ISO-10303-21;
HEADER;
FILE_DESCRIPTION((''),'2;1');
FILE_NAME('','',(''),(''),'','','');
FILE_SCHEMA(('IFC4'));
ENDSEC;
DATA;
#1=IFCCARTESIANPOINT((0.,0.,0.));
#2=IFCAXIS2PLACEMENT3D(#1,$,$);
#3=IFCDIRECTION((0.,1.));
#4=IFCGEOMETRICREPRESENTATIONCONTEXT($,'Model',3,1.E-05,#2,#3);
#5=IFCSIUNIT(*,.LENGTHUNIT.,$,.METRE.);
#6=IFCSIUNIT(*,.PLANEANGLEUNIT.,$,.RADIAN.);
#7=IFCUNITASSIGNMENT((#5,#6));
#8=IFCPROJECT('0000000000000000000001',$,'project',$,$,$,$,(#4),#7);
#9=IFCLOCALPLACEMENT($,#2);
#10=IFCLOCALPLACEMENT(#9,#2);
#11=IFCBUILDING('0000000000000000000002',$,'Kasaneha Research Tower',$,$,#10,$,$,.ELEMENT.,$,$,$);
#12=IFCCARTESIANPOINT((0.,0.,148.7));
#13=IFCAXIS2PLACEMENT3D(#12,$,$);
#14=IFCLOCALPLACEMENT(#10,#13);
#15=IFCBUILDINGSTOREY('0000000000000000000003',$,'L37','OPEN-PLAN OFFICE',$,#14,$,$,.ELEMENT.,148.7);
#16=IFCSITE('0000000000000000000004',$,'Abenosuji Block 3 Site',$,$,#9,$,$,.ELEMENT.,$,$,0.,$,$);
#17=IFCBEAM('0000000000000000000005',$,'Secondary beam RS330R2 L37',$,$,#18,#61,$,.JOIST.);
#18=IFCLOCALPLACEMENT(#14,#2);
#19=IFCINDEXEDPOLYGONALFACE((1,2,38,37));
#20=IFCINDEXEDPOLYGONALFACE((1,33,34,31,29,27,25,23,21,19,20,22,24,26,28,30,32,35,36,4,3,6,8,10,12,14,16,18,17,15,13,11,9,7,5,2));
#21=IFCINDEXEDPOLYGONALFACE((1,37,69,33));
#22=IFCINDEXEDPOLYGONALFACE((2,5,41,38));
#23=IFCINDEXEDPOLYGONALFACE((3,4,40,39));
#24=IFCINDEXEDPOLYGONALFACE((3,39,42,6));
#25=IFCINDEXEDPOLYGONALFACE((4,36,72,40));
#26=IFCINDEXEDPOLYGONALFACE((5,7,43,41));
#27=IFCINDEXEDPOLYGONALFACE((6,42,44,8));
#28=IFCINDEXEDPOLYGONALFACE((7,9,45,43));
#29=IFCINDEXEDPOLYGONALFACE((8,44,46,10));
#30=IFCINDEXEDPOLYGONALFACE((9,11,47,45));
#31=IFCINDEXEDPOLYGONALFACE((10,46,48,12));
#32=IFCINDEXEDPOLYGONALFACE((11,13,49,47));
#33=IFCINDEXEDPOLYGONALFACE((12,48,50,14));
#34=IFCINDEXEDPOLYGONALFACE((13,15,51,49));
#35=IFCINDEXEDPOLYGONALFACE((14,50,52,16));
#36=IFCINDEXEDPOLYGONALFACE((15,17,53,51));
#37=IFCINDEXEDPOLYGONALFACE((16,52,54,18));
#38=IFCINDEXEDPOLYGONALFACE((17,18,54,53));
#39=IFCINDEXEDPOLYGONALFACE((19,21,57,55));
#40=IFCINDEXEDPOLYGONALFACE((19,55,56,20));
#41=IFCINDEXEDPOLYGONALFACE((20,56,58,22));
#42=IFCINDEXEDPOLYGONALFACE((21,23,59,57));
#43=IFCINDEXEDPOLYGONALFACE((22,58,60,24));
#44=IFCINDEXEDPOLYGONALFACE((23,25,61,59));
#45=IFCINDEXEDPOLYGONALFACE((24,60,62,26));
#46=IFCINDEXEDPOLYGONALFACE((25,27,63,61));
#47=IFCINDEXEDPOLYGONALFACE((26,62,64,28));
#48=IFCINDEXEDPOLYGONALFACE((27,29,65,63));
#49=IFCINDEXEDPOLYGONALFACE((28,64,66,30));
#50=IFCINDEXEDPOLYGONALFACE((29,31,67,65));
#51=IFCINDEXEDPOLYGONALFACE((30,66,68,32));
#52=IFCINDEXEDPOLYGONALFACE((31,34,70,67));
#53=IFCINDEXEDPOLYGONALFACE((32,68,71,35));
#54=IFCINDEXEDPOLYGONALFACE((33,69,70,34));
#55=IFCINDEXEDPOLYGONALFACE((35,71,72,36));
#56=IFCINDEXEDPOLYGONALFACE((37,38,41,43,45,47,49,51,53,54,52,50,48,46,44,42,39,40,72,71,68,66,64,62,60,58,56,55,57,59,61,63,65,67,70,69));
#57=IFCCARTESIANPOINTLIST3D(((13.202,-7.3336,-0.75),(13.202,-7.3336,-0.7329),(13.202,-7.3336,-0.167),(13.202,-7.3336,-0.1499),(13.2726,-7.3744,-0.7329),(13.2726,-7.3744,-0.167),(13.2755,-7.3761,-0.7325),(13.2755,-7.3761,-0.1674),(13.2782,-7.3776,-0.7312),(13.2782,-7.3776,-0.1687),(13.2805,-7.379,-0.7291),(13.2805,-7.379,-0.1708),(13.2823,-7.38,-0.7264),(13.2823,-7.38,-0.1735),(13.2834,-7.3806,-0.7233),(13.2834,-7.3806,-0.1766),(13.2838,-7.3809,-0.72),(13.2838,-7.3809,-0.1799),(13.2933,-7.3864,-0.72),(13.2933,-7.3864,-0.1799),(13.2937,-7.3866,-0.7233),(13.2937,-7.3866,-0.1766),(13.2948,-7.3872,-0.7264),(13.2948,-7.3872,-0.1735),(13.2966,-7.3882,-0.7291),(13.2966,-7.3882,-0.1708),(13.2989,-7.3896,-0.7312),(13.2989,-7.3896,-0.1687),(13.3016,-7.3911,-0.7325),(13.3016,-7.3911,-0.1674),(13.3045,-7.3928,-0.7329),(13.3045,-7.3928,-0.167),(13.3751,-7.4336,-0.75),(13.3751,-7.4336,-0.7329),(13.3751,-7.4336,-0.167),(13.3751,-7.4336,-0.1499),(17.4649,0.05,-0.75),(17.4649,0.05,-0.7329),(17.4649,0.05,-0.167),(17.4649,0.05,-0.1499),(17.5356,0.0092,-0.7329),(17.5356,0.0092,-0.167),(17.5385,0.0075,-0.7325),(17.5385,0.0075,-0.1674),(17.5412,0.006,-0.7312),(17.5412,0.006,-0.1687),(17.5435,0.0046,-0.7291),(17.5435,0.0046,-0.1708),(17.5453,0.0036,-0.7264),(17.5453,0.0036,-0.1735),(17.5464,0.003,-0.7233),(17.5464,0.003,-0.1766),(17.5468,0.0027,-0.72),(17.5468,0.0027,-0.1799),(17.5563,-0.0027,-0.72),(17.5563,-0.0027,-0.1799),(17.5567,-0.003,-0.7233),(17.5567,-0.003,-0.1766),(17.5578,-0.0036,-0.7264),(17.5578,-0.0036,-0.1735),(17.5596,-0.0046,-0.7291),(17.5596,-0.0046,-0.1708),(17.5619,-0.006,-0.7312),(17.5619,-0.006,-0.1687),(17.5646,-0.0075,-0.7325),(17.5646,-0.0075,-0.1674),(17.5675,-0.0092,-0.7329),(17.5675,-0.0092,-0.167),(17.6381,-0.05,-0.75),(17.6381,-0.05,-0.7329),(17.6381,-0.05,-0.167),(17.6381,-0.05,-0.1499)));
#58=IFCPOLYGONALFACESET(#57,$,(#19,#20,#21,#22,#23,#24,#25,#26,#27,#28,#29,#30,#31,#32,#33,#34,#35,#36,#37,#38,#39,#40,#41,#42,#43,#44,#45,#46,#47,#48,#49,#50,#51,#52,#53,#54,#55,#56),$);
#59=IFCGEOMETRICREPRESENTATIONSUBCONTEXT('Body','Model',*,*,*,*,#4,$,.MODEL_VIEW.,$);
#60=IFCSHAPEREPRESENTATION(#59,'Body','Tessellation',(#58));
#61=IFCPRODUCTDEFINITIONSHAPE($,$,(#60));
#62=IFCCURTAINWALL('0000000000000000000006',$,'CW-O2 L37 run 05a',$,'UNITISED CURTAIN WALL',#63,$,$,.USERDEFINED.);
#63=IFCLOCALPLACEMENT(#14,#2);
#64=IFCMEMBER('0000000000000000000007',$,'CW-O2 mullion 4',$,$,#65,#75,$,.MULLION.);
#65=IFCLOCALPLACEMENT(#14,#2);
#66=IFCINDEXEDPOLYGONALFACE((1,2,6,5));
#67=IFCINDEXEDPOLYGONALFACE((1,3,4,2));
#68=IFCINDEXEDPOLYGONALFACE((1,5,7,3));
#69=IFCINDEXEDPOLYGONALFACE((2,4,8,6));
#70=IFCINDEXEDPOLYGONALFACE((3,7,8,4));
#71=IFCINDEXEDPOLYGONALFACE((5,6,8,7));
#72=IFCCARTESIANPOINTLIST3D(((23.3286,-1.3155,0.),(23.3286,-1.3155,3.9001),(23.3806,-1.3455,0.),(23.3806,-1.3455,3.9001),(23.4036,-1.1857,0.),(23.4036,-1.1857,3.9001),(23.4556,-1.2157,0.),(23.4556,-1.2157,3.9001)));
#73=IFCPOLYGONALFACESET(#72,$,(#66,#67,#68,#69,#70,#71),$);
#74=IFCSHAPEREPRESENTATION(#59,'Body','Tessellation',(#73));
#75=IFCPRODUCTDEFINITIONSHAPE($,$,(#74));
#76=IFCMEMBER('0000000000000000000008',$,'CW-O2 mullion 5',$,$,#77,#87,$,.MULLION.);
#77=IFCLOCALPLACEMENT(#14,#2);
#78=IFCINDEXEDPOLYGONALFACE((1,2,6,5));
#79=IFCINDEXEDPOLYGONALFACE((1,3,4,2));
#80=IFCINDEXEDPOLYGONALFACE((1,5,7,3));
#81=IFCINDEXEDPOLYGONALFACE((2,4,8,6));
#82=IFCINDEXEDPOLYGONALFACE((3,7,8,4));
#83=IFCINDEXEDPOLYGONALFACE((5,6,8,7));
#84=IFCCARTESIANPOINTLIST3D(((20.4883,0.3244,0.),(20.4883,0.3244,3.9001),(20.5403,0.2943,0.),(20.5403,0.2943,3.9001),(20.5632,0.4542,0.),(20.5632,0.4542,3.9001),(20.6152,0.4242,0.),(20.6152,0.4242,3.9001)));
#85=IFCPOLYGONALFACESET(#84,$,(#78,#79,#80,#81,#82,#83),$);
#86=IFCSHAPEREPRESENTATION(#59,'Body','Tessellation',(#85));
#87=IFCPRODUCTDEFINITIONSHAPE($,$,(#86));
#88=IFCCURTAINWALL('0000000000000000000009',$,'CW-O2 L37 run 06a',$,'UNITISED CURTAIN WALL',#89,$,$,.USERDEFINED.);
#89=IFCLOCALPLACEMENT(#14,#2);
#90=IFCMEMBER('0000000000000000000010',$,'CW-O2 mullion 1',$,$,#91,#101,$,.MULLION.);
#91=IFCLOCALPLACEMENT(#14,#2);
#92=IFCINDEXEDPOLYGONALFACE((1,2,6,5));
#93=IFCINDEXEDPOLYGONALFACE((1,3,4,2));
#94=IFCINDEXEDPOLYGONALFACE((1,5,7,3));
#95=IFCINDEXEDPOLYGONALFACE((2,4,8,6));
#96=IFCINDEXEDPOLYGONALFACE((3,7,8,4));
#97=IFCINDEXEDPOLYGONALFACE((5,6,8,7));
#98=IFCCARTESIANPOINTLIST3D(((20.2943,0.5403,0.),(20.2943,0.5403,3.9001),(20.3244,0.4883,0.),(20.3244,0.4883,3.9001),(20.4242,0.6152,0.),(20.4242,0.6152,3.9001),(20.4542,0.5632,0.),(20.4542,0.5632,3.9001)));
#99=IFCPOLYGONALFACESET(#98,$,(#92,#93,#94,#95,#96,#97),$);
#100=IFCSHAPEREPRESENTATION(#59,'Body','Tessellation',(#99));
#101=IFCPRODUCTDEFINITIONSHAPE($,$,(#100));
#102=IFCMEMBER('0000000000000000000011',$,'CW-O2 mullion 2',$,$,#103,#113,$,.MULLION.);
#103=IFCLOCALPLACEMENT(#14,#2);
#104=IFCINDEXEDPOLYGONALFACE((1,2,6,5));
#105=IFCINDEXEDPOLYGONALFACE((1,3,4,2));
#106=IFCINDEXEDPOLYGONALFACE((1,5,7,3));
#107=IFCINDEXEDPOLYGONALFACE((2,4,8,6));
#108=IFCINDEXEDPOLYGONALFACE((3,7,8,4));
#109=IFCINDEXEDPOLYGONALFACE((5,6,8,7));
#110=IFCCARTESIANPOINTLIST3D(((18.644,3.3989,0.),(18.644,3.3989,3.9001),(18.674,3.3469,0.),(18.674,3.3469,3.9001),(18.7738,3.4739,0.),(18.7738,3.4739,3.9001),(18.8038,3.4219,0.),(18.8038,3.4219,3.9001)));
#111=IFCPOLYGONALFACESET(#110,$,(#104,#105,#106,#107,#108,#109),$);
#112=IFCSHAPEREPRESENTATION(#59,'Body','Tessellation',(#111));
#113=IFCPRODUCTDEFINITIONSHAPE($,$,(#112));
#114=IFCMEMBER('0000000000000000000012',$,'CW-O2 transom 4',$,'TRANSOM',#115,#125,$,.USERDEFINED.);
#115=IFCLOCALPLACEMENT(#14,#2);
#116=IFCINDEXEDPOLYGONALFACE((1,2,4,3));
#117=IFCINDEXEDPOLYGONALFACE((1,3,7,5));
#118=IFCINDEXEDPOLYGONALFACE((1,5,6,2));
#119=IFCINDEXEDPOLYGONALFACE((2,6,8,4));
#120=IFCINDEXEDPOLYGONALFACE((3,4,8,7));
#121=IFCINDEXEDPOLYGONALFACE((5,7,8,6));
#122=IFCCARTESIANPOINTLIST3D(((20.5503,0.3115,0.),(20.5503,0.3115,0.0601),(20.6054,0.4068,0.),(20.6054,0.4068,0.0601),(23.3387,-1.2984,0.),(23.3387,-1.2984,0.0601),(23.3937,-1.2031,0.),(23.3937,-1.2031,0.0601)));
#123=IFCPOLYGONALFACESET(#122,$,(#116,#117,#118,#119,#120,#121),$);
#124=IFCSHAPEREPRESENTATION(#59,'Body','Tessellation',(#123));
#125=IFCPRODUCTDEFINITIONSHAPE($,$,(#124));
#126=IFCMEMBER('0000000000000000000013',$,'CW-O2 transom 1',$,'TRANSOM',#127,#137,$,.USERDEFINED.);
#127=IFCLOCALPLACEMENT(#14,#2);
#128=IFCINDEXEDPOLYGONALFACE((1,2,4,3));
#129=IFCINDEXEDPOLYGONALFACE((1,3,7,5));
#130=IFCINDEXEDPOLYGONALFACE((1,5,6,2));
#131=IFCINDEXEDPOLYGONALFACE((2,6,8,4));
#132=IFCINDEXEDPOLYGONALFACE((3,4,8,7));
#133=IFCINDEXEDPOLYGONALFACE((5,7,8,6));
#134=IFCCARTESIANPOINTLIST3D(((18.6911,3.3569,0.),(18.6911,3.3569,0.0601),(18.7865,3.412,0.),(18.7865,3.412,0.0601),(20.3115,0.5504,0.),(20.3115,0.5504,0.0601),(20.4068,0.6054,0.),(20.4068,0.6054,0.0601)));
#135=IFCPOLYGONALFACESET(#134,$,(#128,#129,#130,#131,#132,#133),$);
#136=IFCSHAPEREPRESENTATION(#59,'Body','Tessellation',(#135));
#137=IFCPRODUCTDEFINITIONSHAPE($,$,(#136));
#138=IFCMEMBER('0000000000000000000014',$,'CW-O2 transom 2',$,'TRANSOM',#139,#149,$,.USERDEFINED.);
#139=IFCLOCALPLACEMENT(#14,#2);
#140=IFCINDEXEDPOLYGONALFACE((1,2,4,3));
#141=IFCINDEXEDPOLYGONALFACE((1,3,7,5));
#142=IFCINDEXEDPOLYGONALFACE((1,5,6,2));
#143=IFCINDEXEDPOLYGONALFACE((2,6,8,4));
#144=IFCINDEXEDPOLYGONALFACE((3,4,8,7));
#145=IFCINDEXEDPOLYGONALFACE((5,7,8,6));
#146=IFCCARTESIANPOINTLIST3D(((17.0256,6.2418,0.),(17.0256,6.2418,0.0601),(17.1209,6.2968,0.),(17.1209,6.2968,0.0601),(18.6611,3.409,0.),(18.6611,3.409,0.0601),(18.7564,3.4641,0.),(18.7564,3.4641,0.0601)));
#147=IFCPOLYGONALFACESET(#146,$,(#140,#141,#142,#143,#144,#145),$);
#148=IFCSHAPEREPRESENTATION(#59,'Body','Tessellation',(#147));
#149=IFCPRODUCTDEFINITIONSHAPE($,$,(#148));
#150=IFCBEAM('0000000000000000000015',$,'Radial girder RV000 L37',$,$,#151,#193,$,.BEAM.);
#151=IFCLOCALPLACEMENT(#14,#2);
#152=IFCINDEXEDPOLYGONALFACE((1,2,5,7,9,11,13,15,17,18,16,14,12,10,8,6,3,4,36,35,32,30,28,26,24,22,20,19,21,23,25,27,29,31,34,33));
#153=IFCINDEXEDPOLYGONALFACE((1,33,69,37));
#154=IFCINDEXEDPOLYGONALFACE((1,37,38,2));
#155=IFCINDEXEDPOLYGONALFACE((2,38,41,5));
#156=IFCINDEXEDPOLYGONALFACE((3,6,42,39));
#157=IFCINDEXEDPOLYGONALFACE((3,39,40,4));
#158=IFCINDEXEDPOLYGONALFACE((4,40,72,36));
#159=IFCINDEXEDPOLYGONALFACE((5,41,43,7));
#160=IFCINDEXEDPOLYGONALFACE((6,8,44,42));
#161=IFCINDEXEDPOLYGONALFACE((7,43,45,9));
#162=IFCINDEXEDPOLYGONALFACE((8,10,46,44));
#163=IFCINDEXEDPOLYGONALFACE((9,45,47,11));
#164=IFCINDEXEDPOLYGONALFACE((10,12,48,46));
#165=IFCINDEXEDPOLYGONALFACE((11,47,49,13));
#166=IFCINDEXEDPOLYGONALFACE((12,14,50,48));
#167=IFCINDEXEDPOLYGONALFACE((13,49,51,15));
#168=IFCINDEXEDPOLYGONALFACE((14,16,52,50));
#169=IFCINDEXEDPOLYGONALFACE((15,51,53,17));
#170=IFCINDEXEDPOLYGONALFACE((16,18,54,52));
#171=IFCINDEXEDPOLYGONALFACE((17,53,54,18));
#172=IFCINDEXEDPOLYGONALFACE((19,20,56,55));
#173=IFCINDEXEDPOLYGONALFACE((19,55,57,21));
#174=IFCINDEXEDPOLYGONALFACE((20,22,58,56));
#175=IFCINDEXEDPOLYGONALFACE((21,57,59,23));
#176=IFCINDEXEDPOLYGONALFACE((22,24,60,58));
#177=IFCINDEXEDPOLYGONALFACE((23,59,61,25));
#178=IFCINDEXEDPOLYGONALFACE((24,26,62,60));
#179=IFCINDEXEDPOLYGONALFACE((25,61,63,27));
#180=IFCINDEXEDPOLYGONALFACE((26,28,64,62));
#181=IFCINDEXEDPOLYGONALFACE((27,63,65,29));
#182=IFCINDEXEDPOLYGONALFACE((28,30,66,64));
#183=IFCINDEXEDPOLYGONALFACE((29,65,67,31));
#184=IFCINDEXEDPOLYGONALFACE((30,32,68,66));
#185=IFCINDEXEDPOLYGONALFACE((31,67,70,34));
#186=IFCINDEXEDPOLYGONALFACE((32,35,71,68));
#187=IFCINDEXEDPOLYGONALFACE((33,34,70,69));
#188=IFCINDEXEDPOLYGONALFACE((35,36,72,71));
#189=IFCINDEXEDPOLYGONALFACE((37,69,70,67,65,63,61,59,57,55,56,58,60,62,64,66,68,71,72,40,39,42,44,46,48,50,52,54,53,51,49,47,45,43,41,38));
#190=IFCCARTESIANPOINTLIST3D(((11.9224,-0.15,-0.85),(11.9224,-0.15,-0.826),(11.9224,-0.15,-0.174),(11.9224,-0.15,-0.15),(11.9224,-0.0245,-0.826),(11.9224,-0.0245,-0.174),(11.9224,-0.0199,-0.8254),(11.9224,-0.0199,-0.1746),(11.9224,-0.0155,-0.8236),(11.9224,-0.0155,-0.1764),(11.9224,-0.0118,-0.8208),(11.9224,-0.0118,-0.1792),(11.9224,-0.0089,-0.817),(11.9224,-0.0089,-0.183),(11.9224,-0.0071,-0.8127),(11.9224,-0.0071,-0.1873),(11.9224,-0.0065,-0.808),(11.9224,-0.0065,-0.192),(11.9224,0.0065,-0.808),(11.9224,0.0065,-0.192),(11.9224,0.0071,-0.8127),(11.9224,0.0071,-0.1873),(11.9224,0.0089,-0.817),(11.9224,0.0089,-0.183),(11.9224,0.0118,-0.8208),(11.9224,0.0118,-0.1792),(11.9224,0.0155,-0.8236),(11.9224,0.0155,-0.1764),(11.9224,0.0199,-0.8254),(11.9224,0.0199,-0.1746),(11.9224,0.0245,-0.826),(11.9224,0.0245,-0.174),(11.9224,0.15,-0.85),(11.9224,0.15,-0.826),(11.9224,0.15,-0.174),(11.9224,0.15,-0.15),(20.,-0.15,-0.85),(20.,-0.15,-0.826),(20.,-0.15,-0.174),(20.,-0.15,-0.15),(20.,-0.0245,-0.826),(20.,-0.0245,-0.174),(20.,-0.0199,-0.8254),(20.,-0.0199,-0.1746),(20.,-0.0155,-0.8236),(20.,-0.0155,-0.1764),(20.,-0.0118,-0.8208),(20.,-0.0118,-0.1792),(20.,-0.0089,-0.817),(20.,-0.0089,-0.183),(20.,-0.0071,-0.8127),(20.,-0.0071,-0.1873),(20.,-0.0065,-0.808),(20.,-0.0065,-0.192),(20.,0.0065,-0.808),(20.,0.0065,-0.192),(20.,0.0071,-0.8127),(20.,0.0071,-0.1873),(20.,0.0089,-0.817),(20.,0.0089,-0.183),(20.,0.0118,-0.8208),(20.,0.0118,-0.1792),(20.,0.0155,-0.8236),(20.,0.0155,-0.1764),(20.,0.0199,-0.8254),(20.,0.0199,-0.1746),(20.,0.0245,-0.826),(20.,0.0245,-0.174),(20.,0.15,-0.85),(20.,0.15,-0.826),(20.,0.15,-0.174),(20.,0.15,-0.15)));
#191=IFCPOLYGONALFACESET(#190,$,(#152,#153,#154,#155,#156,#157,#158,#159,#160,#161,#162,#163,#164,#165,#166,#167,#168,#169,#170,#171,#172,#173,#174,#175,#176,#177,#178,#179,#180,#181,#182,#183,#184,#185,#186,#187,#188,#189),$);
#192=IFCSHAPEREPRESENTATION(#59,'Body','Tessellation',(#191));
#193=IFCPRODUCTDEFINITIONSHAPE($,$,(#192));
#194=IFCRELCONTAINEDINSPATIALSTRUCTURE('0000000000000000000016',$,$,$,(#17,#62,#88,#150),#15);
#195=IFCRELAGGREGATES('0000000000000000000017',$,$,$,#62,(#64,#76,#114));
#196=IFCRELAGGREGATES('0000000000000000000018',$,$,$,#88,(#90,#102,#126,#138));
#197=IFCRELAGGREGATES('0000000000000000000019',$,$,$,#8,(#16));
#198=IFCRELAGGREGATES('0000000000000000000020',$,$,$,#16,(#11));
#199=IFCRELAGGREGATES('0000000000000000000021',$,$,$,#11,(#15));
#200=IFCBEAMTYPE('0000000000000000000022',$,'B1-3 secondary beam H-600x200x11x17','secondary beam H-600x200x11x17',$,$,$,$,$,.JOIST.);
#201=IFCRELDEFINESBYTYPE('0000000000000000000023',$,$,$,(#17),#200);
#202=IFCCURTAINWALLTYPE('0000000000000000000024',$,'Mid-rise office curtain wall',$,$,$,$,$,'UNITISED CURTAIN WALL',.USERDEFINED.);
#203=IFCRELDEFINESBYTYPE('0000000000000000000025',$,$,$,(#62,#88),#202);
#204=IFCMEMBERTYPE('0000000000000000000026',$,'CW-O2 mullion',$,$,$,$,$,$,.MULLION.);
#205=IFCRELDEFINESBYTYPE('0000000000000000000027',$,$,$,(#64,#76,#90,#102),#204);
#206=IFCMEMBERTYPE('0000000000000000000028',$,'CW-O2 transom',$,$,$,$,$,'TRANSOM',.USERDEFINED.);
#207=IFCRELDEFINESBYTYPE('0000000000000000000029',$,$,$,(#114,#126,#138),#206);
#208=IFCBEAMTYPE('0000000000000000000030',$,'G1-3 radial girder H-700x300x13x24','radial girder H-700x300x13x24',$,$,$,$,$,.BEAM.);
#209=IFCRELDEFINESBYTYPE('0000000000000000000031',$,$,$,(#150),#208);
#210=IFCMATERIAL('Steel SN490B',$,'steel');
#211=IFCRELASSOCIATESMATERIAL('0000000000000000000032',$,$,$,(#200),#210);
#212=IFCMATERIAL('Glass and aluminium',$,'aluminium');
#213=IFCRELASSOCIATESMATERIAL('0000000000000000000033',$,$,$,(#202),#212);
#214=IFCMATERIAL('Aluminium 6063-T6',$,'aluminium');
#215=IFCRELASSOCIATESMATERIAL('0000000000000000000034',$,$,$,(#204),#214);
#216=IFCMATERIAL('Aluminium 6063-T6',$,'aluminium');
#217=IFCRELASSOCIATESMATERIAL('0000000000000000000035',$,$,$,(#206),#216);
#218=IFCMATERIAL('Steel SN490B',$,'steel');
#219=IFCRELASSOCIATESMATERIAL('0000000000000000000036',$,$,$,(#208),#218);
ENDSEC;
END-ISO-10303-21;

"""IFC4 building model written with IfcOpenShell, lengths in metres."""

from ifc_helpers import new_model, si_unit, direction, frame, origin, origin_2d, place, context, subcontext, project, spatial, rectangle, i_section, extrude, material, material_profile, profile_set, type_object, element, aggregate, save


model = new_model("IFC4")

# Units and contexts
model_context = context("Model", 3, precision=1e-05, world=origin(), true_north=direction((0.0, 1.0)))
body_context = subcontext(model_context, "Body", "Model", "MODEL_VIEW")
ifc_project = project(units=[si_unit("LENGTHUNIT", "METRE"), si_unit("PLANEANGLEUNIT", "RADIAN")], contexts=[model_context])

# Site, building, storey
site_placement = place(None, origin())
site = spatial("IfcSite", under=ifc_project, at=site_placement, Name="Abenosuji Block 3 Site", CompositionType="ELEMENT", RefElevation=0.0)
building_placement = place(site_placement, origin())
building = spatial("IfcBuilding", under=site, at=building_placement, Name="Kasaneha Research Tower", CompositionType="ELEMENT")
storey_placement = place(building_placement, frame((0.0, 0.0, 148.7)))
storey = spatial("IfcBuildingStorey", under=building, at=storey_placement, Name="L37", Description="OPEN-PLAN OFFICE", CompositionType="ELEMENT", Elevation=148.7)

# Beam
ifc_material_1 = material(Name="Steel SN490B", Category="steel")
ifc_material_profile_1 = material_profile(ifc_material_1, i_section(OverallWidth=0.2, OverallDepth=0.6001, WebThickness=0.011, FlangeThickness=0.0171, FilletRadius=0.0129, at=origin_2d()), Name="H-600x200x11x17")
ifc_profile_set_1 = profile_set([ifc_material_profile_1], Name="Steel SN490B")
beam_type_1 = type_object("IfcBeamType", Name="B1-3 secondary beam H-600x200x11x17", Description="secondary beam H-600x200x11x17", PredefinedType="JOIST", material=ifc_profile_set_1)
beam_1_placement = place(storey_placement, frame((17.5515, 0.0, -0.45), z_axis=(-0.500004, -0.866023, 0.0), x_axis=(0.866023, -0.500004, 0.0)))
element("IfcBeam", 1, at=beam_1_placement, inside=storey, type_object=beam_type_1, Name="Secondary beam RS330R2 L37", PredefinedType="JOIST", context=body_context, shape_type="SweptSolid", body=[
    extrude(i_section(OverallWidth=0.2, OverallDepth=0.6001, WebThickness=0.011, FlangeThickness=0.0171, FilletRadius=0.0129, at=origin_2d()), origin(), (0.0, 0.0, 1.0), 8.5259),
])

# Curtain walls, members
ifc_material_2 = material(Name="Glass and aluminium", Category="aluminium")
curtain_wall_type = type_object("IfcCurtainWallType", Name="Mid-rise office curtain wall", ElementType="UNITISED CURTAIN WALL", PredefinedType="USERDEFINED", material=ifc_material_2)
curtain_wall_1_placement = place(storey_placement, origin())
curtain_wall_1 = element("IfcCurtainWall", 2, at=curtain_wall_1_placement, inside=storey, type_object=curtain_wall_type, Name="CW-O2 L37 run 05a", ObjectType="UNITISED CURTAIN WALL", PredefinedType="USERDEFINED")
ifc_material_3 = material(Name="Aluminium 6063-T6", Category="aluminium")
ifc_material_profile_2 = material_profile(ifc_material_3, rectangle(XDim=0.0601, YDim=0.1499, at=origin_2d()), Name="CW-O2 mullion 60x150")
ifc_profile_set_2 = profile_set([ifc_material_profile_2], Name="Aluminium 6063-T6")
member_type_1 = type_object("IfcMemberType", Name="CW-O2 mullion", PredefinedType="MULLION", material=ifc_profile_set_2)
member_1_placement = place(storey_placement, frame((23.3921, -1.2656, 0.0), z_axis=(0.0, 0.0, 1.0), x_axis=(-0.866025, 0.5, 0.0)))
member_1 = element("IfcMember", 3, at=member_1_placement, type_object=member_type_1, Name="CW-O2 mullion 4", PredefinedType="MULLION", context=body_context, shape_type="SweptSolid", body=[
    extrude(rectangle(XDim=0.0601, YDim=0.1499, at=origin_2d()), origin(), (0.0, 0.0, 1.0), 3.9001),
])
member_2_placement = place(storey_placement, frame((20.5518, 0.3743, 0.0), z_axis=(0.0, 0.0, 1.0), x_axis=(-0.866025, 0.5, 0.0)))
member_2 = element("IfcMember", 4, at=member_2_placement, type_object=member_type_1, Name="CW-O2 mullion 5", PredefinedType="MULLION", context=body_context, shape_type="SweptSolid", body=[
    extrude(rectangle(XDim=0.0601, YDim=0.1499, at=origin_2d()), origin(), (0.0, 0.0, 1.0), 3.9001),
])
curtain_wall_2_placement = place(storey_placement, origin())
curtain_wall_2 = element("IfcCurtainWall", 5, at=curtain_wall_2_placement, inside=storey, type_object=curtain_wall_type, Name="CW-O2 L37 run 06a", ObjectType="UNITISED CURTAIN WALL", PredefinedType="USERDEFINED")
member_3_placement = place(storey_placement, frame((20.3743, 0.5518, 0.0), z_axis=(0.0, 0.0, 1.0), x_axis=(-0.5, 0.866025, 0.0)))
member_3 = element("IfcMember", 6, at=member_3_placement, type_object=member_type_1, Name="CW-O2 mullion 1", PredefinedType="MULLION", context=body_context, shape_type="SweptSolid", body=[
    extrude(rectangle(XDim=0.0601, YDim=0.1499, at=origin_2d()), origin(), (0.0, 0.0, 1.0), 3.9001),
])
member_4_placement = place(storey_placement, frame((18.7239, 3.4104, 0.0), z_axis=(0.0, 0.0, 1.0), x_axis=(-0.5, 0.866025, 0.0)))
member_4 = element("IfcMember", 7, at=member_4_placement, type_object=member_type_1, Name="CW-O2 mullion 2", PredefinedType="MULLION", context=body_context, shape_type="SweptSolid", body=[
    extrude(rectangle(XDim=0.0601, YDim=0.1499, at=origin_2d()), origin(), (0.0, 0.0, 1.0), 3.9001),
])

# Members
ifc_material_4 = material(Name="Aluminium 6063-T6", Category="aluminium")
ifc_material_profile_3 = material_profile(ifc_material_4, rectangle(XDim=0.1101, YDim=0.0601, at=origin_2d()), Name="CW-O2 transom 110x60")
ifc_profile_set_3 = profile_set([ifc_material_profile_3], Name="Aluminium 6063-T6")
member_type_2 = type_object("IfcMemberType", Name="CW-O2 transom", ElementType="TRANSOM", PredefinedType="USERDEFINED", material=ifc_profile_set_3)
member_5_placement = place(storey_placement, frame((23.3662, -1.2507, 0.03), z_axis=(-0.866023, 0.500005, 0.0), x_axis=(-0.500005, -0.866023, 0.0)))
member_5 = element("IfcMember", 8, at=member_5_placement, type_object=member_type_2, Name="CW-O2 transom 4", ObjectType="TRANSOM", PredefinedType="USERDEFINED", context=body_context, shape_type="SweptSolid", body=[
    extrude(rectangle(XDim=0.1101, YDim=0.0601, at=origin_2d()), origin(), (0.0, 0.0, 1.0), 3.2197),
])
member_6_placement = place(storey_placement, frame((20.3591, 0.5779, 0.03), z_axis=(-0.499988, 0.866033, 0.0), x_axis=(-0.866033, -0.499988, 0.0)))
member_6 = element("IfcMember", 9, at=member_6_placement, type_object=member_type_2, Name="CW-O2 transom 1", ObjectType="TRANSOM", PredefinedType="USERDEFINED", context=body_context, shape_type="SweptSolid", body=[
    extrude(rectangle(XDim=0.1101, YDim=0.0601, at=origin_2d()), origin(), (0.0, 0.0, 1.0), 3.2407),
])
member_7_placement = place(storey_placement, frame((18.7087, 3.4365, 0.03), z_axis=(-0.5, 0.866025, 0.0), x_axis=(-0.866025, -0.5, 0.0)))
member_7 = element("IfcMember", 10, at=member_7_placement, type_object=member_type_2, Name="CW-O2 transom 2", ObjectType="TRANSOM", PredefinedType="USERDEFINED", context=body_context, shape_type="SweptSolid", body=[
    extrude(rectangle(XDim=0.1101, YDim=0.0601, at=origin_2d()), origin(), (0.0, 0.0, 1.0), 3.271),
])

# Beam
ifc_material_5 = material(Name="Steel SN490B", Category="steel")
ifc_material_profile_4 = material_profile(ifc_material_5, i_section(OverallWidth=0.3, OverallDepth=0.7, WebThickness=0.0129, FlangeThickness=0.0239, FilletRadius=0.0181, at=origin_2d()), Name="H-700x300x13x24")
ifc_profile_set_4 = profile_set([ifc_material_profile_4], Name="Steel SN490B")
beam_type_2 = type_object("IfcBeamType", Name="G1-3 radial girder H-700x300x13x24", Description="radial girder H-700x300x13x24", PredefinedType="BEAM", material=ifc_profile_set_4)
beam_2_placement = place(storey_placement, frame((11.9224, 0.0, -0.5), z_axis=(1.0, 0.0, 0.0), x_axis=(0.0, 1.0, 0.0)))
element("IfcBeam", 11, at=beam_2_placement, inside=storey, type_object=beam_type_2, Name="Radial girder RV000 L37", PredefinedType="BEAM", context=body_context, shape_type="SweptSolid", body=[
    extrude(i_section(OverallWidth=0.3, OverallDepth=0.7, WebThickness=0.0129, FlangeThickness=0.0239, FilletRadius=0.0181, at=origin_2d()), origin(), (0.0, 0.0, 1.0), 8.0776),
])

aggregate(curtain_wall_1, [member_1, member_2, member_5])
aggregate(curtain_wall_2, [member_3, member_4, member_6, member_7])

save(model, "model.ifc")
